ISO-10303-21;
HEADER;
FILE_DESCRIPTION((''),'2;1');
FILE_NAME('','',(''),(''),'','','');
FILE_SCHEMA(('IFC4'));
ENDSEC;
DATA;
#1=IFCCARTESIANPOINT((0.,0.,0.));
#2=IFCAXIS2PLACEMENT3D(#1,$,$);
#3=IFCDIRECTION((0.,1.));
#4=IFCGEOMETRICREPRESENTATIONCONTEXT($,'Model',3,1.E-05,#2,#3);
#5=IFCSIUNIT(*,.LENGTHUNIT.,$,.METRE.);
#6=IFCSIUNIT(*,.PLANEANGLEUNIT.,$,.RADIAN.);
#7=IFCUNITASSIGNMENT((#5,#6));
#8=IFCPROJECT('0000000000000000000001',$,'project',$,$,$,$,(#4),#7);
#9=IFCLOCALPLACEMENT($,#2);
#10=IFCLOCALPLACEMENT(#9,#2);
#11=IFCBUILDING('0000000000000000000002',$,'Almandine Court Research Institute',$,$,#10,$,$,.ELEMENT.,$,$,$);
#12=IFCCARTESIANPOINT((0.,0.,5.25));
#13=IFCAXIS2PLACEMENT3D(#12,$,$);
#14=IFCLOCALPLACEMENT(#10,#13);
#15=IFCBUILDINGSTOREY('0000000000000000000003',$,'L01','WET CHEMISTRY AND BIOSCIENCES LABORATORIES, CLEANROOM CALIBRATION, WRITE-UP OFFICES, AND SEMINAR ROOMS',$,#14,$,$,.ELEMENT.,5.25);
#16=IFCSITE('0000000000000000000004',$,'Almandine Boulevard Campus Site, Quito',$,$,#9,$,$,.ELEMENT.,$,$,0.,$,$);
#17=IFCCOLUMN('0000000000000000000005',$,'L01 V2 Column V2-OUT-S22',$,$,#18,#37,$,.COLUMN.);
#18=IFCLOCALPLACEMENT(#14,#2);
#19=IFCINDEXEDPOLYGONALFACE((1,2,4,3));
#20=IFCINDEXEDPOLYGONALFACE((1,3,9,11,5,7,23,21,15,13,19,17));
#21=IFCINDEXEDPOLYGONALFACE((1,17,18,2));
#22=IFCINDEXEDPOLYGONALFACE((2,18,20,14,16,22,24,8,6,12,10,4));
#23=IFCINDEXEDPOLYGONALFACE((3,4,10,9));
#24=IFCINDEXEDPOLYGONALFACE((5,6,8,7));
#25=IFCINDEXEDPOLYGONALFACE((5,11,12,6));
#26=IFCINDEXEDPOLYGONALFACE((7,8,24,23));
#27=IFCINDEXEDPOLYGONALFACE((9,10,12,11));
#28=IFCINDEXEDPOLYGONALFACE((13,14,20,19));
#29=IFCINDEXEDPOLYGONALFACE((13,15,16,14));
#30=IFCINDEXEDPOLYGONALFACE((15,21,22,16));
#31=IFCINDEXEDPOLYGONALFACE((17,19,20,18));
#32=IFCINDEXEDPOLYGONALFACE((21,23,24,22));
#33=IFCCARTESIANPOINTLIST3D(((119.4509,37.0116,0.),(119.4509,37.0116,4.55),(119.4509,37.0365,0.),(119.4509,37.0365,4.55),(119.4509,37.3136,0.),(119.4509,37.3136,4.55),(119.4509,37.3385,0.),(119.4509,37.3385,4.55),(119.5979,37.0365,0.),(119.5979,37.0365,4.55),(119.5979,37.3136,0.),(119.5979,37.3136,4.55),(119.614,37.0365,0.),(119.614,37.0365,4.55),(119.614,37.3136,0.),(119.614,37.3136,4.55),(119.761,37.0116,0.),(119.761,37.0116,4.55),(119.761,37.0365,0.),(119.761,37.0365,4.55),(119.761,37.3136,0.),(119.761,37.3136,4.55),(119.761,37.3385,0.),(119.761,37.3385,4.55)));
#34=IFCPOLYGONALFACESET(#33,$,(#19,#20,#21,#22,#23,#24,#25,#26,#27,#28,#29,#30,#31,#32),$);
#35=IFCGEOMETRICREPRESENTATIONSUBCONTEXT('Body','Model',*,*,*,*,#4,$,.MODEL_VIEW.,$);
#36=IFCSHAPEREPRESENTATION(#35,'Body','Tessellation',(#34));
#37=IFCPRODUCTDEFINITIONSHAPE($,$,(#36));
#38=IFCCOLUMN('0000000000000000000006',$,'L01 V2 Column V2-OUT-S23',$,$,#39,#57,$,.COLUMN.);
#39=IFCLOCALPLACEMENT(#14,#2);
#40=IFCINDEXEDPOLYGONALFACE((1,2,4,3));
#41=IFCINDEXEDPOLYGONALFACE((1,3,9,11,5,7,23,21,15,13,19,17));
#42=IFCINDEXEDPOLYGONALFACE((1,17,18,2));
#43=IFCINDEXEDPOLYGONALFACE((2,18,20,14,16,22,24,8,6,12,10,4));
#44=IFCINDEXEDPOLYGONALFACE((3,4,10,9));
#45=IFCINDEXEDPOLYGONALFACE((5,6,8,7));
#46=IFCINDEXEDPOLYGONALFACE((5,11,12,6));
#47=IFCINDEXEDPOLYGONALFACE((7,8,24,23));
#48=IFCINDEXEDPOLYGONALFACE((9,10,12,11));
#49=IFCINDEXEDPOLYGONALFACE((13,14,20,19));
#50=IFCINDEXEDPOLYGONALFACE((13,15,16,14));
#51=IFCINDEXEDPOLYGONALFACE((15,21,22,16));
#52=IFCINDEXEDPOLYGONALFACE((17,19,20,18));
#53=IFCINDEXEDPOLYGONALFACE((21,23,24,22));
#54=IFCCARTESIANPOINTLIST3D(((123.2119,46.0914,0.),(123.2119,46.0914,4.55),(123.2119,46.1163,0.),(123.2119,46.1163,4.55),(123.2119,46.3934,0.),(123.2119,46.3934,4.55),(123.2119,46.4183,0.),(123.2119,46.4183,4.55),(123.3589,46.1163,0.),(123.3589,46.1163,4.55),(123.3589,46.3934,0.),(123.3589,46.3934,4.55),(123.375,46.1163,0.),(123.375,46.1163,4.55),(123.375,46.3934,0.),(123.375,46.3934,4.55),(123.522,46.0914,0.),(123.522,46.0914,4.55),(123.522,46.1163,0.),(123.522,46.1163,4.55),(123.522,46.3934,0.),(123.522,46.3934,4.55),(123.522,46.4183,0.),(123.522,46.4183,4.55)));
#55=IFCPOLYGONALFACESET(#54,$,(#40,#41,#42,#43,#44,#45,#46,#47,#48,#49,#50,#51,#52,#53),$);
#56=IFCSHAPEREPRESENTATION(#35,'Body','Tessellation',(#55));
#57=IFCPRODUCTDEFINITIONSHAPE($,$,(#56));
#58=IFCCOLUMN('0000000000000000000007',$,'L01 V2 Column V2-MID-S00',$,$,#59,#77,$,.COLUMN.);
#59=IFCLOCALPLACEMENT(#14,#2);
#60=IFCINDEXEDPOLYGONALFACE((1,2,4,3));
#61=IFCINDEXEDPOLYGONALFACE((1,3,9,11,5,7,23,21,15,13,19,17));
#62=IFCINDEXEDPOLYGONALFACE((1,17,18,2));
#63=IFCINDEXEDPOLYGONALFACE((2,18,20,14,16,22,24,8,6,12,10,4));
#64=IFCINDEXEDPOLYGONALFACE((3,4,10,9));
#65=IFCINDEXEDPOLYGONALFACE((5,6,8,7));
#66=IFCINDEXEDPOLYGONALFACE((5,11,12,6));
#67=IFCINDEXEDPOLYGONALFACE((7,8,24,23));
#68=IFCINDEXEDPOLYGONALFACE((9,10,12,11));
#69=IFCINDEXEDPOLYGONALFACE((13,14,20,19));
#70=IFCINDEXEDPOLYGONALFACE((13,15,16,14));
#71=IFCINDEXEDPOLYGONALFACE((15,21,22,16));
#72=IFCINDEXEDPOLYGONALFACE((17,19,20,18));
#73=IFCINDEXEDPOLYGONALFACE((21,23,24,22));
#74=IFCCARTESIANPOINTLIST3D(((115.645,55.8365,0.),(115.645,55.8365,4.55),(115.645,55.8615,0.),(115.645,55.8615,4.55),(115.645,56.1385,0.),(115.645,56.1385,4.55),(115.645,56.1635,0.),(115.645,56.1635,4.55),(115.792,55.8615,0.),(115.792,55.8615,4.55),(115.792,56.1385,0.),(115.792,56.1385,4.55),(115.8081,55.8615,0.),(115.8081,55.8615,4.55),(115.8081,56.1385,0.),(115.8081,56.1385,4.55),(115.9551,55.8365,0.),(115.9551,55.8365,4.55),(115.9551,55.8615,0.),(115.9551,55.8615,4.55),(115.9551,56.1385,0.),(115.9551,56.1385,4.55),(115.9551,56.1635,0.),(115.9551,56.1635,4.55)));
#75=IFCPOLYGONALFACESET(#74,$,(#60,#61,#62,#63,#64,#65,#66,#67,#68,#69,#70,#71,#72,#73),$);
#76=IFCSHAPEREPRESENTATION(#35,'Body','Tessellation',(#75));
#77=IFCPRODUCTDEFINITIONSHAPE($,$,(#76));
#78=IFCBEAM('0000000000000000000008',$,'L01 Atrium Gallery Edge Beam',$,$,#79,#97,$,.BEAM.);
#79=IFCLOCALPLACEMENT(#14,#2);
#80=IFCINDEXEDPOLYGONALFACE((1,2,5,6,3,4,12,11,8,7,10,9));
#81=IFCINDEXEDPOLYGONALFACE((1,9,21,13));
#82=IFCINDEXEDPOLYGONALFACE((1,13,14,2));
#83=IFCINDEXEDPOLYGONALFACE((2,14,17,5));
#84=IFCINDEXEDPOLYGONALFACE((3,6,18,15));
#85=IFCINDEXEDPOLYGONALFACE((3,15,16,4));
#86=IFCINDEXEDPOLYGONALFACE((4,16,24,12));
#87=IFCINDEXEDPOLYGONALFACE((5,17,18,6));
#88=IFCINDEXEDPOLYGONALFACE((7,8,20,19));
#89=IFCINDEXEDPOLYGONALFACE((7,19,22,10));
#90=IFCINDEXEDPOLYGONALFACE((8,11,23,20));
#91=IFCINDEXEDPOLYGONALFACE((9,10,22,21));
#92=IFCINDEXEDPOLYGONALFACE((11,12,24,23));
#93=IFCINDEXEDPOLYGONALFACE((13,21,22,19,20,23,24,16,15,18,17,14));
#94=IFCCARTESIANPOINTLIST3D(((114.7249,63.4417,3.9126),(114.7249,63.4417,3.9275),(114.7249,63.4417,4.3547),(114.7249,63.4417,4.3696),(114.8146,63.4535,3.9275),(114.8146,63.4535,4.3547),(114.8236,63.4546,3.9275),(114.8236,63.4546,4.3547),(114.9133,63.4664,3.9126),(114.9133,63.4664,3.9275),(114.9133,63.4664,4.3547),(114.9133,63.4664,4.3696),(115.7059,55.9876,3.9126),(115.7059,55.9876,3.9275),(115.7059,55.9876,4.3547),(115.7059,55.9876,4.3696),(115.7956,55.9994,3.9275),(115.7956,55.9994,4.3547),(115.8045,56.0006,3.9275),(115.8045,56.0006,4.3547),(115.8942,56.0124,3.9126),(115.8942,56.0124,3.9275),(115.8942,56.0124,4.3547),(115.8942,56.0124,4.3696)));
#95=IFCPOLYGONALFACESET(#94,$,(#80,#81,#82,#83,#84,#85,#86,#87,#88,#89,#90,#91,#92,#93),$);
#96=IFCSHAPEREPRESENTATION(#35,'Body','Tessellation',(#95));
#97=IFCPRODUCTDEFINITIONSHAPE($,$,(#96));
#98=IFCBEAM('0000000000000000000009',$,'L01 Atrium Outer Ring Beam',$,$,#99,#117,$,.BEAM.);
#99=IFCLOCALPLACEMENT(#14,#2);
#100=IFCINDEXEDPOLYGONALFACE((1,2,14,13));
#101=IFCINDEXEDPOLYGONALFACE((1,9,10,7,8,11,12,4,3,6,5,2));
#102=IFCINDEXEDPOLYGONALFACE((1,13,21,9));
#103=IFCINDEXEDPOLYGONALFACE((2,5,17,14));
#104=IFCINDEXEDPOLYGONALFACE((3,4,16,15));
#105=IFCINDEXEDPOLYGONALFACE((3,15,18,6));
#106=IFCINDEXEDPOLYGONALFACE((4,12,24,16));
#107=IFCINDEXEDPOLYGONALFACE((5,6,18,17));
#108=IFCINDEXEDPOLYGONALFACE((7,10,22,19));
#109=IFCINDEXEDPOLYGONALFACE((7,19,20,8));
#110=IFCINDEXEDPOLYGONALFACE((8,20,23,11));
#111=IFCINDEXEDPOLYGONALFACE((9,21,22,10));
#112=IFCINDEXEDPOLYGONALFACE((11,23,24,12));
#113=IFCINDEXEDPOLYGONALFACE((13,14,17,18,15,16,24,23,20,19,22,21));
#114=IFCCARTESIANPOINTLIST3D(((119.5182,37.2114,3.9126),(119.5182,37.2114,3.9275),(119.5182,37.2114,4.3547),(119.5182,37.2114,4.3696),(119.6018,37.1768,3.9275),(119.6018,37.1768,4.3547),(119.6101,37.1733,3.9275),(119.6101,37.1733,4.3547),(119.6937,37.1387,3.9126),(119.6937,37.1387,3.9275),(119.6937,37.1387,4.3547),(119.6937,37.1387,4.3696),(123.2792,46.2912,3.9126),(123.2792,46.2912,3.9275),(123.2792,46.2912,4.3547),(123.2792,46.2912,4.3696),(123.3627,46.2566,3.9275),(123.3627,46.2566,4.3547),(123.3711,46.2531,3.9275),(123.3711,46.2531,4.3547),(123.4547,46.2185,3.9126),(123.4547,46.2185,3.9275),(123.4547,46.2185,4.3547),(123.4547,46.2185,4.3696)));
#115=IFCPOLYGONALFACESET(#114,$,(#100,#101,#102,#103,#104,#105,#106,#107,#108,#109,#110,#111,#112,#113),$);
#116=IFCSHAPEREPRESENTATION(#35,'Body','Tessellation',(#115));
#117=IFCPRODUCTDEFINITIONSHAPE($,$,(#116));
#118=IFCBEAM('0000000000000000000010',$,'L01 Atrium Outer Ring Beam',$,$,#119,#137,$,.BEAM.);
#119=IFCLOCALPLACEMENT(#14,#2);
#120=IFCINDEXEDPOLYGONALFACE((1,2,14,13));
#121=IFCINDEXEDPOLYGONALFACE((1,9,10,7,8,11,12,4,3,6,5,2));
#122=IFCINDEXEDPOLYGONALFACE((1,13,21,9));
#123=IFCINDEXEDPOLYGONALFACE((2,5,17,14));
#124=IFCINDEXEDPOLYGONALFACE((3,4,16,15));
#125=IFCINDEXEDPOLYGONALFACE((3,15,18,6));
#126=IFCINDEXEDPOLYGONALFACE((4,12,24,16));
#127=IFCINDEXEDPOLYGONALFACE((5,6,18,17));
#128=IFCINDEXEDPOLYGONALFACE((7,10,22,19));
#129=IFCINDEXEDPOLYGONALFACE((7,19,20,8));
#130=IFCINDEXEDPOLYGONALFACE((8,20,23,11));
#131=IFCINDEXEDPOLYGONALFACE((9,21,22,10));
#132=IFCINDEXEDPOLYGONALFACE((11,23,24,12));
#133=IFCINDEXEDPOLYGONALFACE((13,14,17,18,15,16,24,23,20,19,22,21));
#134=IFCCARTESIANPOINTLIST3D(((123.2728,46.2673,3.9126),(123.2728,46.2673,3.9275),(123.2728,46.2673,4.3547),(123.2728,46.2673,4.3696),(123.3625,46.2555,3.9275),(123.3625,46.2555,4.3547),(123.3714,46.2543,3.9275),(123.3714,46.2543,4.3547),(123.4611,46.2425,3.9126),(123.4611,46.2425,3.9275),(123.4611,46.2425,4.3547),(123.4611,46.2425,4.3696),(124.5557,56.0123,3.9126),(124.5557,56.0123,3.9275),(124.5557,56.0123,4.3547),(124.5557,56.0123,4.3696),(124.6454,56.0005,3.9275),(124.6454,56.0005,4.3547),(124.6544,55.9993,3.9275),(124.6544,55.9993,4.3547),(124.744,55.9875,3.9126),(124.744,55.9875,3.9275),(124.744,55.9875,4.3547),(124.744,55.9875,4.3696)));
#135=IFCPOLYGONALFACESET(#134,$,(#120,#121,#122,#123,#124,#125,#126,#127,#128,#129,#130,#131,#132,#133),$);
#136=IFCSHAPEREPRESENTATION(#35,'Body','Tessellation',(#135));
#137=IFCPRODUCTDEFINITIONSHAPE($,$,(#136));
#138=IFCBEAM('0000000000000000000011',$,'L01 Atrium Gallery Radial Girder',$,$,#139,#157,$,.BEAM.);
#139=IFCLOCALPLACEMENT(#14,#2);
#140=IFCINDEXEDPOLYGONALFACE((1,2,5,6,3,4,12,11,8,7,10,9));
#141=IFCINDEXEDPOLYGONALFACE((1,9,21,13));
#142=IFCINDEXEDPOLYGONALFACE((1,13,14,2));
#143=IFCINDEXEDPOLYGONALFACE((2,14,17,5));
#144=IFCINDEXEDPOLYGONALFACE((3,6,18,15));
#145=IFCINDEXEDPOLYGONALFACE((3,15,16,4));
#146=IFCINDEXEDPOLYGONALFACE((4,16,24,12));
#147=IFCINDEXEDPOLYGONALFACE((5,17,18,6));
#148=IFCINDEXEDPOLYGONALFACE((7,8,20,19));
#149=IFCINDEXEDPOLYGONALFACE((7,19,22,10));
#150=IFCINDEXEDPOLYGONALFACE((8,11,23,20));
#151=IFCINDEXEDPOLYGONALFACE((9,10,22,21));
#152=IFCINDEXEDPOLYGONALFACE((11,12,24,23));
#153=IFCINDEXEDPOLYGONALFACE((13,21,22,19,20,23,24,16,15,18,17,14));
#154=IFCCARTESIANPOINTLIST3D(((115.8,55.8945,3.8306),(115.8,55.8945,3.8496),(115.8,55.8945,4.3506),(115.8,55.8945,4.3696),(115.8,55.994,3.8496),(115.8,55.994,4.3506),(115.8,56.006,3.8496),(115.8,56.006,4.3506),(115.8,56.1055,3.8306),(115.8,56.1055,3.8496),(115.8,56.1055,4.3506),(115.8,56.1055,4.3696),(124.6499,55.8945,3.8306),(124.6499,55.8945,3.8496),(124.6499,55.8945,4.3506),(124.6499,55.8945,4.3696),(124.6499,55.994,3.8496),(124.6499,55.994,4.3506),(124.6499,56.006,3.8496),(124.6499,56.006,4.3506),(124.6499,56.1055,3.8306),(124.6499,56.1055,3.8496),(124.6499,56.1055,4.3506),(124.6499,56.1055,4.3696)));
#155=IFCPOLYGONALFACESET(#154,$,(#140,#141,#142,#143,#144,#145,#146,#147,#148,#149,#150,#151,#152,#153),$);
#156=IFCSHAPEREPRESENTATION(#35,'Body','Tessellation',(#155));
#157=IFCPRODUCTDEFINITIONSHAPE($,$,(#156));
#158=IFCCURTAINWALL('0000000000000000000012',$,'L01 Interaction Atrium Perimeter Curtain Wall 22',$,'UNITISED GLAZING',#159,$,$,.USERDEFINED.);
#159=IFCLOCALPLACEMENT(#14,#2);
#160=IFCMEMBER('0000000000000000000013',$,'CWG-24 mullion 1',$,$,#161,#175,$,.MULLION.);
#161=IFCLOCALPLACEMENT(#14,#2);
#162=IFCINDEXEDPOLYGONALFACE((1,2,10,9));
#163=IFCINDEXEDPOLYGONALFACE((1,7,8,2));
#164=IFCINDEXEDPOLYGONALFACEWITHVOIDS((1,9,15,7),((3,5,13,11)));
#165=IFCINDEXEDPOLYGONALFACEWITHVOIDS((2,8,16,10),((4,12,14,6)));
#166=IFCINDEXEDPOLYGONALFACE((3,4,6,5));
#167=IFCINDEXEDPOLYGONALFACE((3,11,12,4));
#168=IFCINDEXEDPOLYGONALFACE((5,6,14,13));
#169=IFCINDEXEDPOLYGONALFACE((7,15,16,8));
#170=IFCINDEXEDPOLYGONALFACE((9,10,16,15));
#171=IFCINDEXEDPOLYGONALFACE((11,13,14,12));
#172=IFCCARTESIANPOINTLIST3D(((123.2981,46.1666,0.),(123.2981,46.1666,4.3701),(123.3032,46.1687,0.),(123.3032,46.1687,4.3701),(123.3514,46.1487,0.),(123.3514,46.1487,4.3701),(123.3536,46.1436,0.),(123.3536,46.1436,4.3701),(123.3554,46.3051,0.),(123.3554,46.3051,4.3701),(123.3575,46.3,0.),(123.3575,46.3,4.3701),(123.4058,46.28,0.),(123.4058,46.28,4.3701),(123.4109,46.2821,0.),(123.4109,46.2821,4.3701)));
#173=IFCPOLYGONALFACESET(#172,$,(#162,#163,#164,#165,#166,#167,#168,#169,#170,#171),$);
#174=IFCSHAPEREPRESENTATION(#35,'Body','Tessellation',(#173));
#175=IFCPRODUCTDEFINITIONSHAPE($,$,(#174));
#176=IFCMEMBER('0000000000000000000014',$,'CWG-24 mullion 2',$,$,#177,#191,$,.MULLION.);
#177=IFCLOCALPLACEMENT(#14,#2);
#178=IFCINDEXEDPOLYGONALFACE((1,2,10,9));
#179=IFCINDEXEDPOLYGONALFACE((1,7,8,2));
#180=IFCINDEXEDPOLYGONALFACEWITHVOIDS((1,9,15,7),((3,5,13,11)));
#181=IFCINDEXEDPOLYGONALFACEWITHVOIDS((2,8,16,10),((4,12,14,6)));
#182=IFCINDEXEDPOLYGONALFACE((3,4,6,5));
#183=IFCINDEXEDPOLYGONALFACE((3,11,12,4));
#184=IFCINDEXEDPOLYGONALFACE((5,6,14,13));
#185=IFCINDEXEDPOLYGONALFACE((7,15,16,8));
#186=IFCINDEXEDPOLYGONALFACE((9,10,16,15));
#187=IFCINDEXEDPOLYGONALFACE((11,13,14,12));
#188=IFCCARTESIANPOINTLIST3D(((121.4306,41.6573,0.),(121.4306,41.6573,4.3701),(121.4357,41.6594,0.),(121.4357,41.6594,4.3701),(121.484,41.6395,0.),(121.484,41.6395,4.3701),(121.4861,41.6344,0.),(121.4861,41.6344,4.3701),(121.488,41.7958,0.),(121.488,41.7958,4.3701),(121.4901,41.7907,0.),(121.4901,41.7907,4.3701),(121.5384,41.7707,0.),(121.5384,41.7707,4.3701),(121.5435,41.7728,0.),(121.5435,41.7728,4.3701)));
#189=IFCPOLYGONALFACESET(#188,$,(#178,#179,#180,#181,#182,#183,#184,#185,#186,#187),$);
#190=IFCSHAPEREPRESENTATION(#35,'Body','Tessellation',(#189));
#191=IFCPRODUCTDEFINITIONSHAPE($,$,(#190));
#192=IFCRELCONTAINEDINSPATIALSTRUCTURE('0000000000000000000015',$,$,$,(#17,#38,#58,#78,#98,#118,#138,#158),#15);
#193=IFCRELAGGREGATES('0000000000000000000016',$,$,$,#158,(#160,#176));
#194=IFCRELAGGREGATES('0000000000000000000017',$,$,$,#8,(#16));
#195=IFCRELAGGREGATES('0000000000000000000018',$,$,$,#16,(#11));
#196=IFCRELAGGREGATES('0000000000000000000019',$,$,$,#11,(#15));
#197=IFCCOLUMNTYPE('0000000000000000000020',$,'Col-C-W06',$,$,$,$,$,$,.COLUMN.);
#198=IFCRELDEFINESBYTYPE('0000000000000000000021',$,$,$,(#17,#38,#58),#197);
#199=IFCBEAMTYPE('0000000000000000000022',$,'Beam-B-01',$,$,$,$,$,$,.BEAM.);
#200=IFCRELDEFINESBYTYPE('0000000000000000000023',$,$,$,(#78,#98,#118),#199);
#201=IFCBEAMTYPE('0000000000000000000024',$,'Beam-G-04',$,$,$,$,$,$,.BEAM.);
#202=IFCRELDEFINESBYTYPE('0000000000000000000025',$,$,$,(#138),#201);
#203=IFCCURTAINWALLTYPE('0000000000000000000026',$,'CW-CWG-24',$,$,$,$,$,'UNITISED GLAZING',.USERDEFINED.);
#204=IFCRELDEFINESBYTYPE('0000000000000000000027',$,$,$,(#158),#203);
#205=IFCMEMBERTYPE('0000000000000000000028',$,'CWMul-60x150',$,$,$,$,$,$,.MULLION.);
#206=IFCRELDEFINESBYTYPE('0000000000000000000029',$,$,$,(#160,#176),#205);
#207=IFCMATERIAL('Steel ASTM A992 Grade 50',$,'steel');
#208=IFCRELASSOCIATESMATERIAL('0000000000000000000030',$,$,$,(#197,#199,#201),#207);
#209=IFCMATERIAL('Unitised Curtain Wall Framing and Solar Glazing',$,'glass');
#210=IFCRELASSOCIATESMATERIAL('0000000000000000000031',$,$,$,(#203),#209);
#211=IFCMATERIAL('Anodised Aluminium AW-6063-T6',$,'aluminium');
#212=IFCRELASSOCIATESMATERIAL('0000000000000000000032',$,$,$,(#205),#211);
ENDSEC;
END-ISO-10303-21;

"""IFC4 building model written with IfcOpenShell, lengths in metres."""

from ifc_helpers import new_model, si_unit, direction, frame, origin, origin_2d, place, context, subcontext, project, spatial, hollow_rectangle, i_section, extrude, material, material_profile, profile_set, type_object, element, aggregate, save


model = new_model("IFC4")

# Units and contexts
model_context = context("Model", 3, precision=1e-05, world=origin(), true_north=direction((0.0, 1.0)))
body_context = subcontext(model_context, "Body", "Model", "MODEL_VIEW")
ifc_project = project(units=[si_unit("LENGTHUNIT", "METRE"), si_unit("PLANEANGLEUNIT", "RADIAN")], contexts=[model_context])

# Site, building, storey
site_placement = place(None, origin())
site = spatial("IfcSite", under=ifc_project, at=site_placement, Name="Almandine Boulevard Campus Site, Quito", CompositionType="ELEMENT", RefElevation=0.0)
building_placement = place(site_placement, origin())
building = spatial("IfcBuilding", under=site, at=building_placement, Name="Almandine Court Research Institute", CompositionType="ELEMENT")
storey_placement = place(building_placement, frame((0.0, 0.0, 5.25)))
storey = spatial("IfcBuildingStorey", under=building, at=storey_placement, Name="L01", Description="WET CHEMISTRY AND BIOSCIENCES LABORATORIES, CLEANROOM CALIBRATION, WRITE-UP OFFICES, AND SEMINAR ROOMS", CompositionType="ELEMENT", Elevation=5.25)

# Columns
ifc_material_1 = material(Name="Steel ASTM A992 Grade 50", Category="steel")
ifc_material_profile_1 = material_profile(ifc_material_1, i_section(OverallWidth=0.3101, OverallDepth=0.3269, WebThickness=0.0161, FlangeThickness=0.0249, at=origin_2d()), Name="W310x158")
ifc_profile_set_1 = profile_set([ifc_material_profile_1], Name="Steel ASTM A992 Grade 50")
column_type = type_object("IfcColumnType", Name="Col-C-W06", PredefinedType="COLUMN", material=ifc_profile_set_1)
for number, where, z_axis, x_axis, name in (
    (1, (119.606, 37.175, 0.0), (0.0, 0.0, 1.0), (1.0, 0.0, 0.0), "L01 V2 Column V2-OUT-S22"),
    (2, (123.3669, 46.2549, 0.0), (0.0, 0.0, 1.0), (1.0, 0.0, 0.0), "L01 V2 Column V2-OUT-S23"),
    (3, (115.8, 56.0, 0.0), (0.0, 0.0, 1.0), (1.0, 0.0, 0.0), "L01 V2 Column V2-MID-S00"),
):
    element("IfcColumn", number, at=place(storey_placement, frame(where, z_axis=z_axis, x_axis=x_axis)), inside=storey, type_object=column_type, Name=name, PredefinedType="COLUMN", context=body_context, shape_type="SweptSolid", body=[
        extrude(i_section(OverallWidth=0.3101, OverallDepth=0.3269, WebThickness=0.0161, FlangeThickness=0.0249, at=origin_2d()), origin(), (0.0, 0.0, 1.0), 4.55),
    ])

# Beams
ifc_material_profile_2 = material_profile(ifc_material_1, i_section(OverallWidth=0.1899, OverallDepth=0.457, WebThickness=0.009, FlangeThickness=0.0149, at=origin_2d()), Name="W460x74")
ifc_profile_set_2 = profile_set([ifc_material_profile_2], Name="Steel ASTM A992 Grade 50")
beam_type_1 = type_object("IfcBeamType", Name="Beam-B-01", PredefinedType="BEAM", material=ifc_profile_set_2)
beam_1_placement = place(storey_placement, frame((115.8, 56.0, 4.1411), z_axis=(-0.130475, 0.991452, 0.0), x_axis=(-0.991452, -0.130475, 0.0)))
element("IfcBeam", 4, at=beam_1_placement, inside=storey, type_object=beam_type_1, Name="L01 Atrium Gallery Edge Beam", PredefinedType="BEAM", context=body_context, shape_type="SweptSolid", body=[
    extrude(i_section(OverallWidth=0.1899, OverallDepth=0.457, WebThickness=0.009, FlangeThickness=0.0149, at=origin_2d()), origin(), (0.0, 0.0, 1.0), 7.5183),
])
beam_2_placement = place(storey_placement, frame((119.606, 37.175, 4.1411), z_axis=(0.382683, 0.92388, 0.0), x_axis=(-0.92388, 0.382683, 0.0)))
element("IfcBeam", 5, at=beam_2_placement, inside=storey, type_object=beam_type_1, Name="L01 Atrium Outer Ring Beam", PredefinedType="BEAM", context=body_context, shape_type="SweptSolid", body=[
    extrude(i_section(OverallWidth=0.1899, OverallDepth=0.457, WebThickness=0.009, FlangeThickness=0.0149, at=origin_2d()), origin(), (0.0, 0.0, 1.0), 9.8279),
])
beam_3_placement = place(storey_placement, frame((123.3669, 46.2549, 4.1411), z_axis=(0.130525, 0.991445, 0.0), x_axis=(-0.991445, 0.130525, 0.0)))
element("IfcBeam", 6, at=beam_3_placement, inside=storey, type_object=beam_type_1, Name="L01 Atrium Outer Ring Beam", PredefinedType="BEAM", context=body_context, shape_type="SweptSolid", body=[
    extrude(i_section(OverallWidth=0.1899, OverallDepth=0.457, WebThickness=0.009, FlangeThickness=0.0149, at=origin_2d()), origin(), (0.0, 0.0, 1.0), 9.8291),
])
ifc_material_profile_3 = material_profile(ifc_material_1, i_section(OverallWidth=0.2109, OverallDepth=0.5391, WebThickness=0.012, FlangeThickness=0.019, at=origin_2d()), Name="W530x109")
ifc_profile_set_3 = profile_set([ifc_material_profile_3], Name="Steel ASTM A992 Grade 50")
beam_type_2 = type_object("IfcBeamType", Name="Beam-G-04", PredefinedType="BEAM", material=ifc_profile_set_3)
beam_4_placement = place(storey_placement, frame((115.8, 56.0, 4.1001), z_axis=(1.0, 0.0, 0.0), x_axis=(0.0, 1.0, 0.0)))
element("IfcBeam", 7, at=beam_4_placement, inside=storey, type_object=beam_type_2, Name="L01 Atrium Gallery Radial Girder", PredefinedType="BEAM", context=body_context, shape_type="SweptSolid", body=[
    extrude(i_section(OverallWidth=0.2109, OverallDepth=0.5391, WebThickness=0.012, FlangeThickness=0.019, at=origin_2d()), origin(), (0.0, 0.0, 1.0), 8.8499),
])

# Curtain wall, members
ifc_material_2 = material(Name="Unitised Curtain Wall Framing and Solar Glazing", Category="glass")
curtain_wall_type = type_object("IfcCurtainWallType", Name="CW-CWG-24", ElementType="UNITISED GLAZING", PredefinedType="USERDEFINED", material=ifc_material_2)
curtain_wall_placement = place(storey_placement, origin())
curtain_wall = element("IfcCurtainWall", 8, at=curtain_wall_placement, inside=storey, type_object=curtain_wall_type, Name="L01 Interaction Atrium Perimeter Curtain Wall 22", ObjectType="UNITISED GLAZING", PredefinedType="USERDEFINED")
ifc_material_3 = material(Name="Anodised Aluminium AW-6063-T6", Category="aluminium")
ifc_material_profile_4 = material_profile(ifc_material_3, hollow_rectangle(XDim=0.0601, YDim=0.1499, WallThickness=0.0039, at=origin_2d()), Name="ALU RHS 60x150x4")
ifc_profile_set_4 = profile_set([ifc_material_profile_4], Name="Anodised Aluminium AW-6063-T6")
member_type_1 = type_object("IfcMemberType", Name="CWMul-60x150", PredefinedType="MULLION", material=ifc_profile_set_4)
member_1_placement = place(storey_placement, frame((123.3545, 46.2244, 0.0), z_axis=(0.0, 0.0, 1.0), x_axis=(0.9239, -0.382634, 0.0)))
member_1 = element("IfcMember", 9, at=member_1_placement, type_object=member_type_1, Name="CWG-24 mullion 1", PredefinedType="MULLION", context=body_context, shape_type="SweptSolid", body=[
    extrude(hollow_rectangle(XDim=0.0601, YDim=0.1499, WallThickness=0.0039, at=origin_2d()), origin(), (0.0, 0.0, 1.0), 4.3701),
])
member_2_placement = place(storey_placement, frame((121.4871, 41.7151, 0.0), z_axis=(0.0, 0.0, 1.0), x_axis=(0.9239, -0.382634, 0.0)))
member_2 = element("IfcMember", 10, at=member_2_placement, type_object=member_type_1, Name="CWG-24 mullion 2", PredefinedType="MULLION", context=body_context, shape_type="SweptSolid", body=[
    extrude(hollow_rectangle(XDim=0.0601, YDim=0.1499, WallThickness=0.0039, at=origin_2d()), origin(), (0.0, 0.0, 1.0), 4.3701),
])
aggregate(curtain_wall, [member_1, member_2])

save(model, "model.ifc")
